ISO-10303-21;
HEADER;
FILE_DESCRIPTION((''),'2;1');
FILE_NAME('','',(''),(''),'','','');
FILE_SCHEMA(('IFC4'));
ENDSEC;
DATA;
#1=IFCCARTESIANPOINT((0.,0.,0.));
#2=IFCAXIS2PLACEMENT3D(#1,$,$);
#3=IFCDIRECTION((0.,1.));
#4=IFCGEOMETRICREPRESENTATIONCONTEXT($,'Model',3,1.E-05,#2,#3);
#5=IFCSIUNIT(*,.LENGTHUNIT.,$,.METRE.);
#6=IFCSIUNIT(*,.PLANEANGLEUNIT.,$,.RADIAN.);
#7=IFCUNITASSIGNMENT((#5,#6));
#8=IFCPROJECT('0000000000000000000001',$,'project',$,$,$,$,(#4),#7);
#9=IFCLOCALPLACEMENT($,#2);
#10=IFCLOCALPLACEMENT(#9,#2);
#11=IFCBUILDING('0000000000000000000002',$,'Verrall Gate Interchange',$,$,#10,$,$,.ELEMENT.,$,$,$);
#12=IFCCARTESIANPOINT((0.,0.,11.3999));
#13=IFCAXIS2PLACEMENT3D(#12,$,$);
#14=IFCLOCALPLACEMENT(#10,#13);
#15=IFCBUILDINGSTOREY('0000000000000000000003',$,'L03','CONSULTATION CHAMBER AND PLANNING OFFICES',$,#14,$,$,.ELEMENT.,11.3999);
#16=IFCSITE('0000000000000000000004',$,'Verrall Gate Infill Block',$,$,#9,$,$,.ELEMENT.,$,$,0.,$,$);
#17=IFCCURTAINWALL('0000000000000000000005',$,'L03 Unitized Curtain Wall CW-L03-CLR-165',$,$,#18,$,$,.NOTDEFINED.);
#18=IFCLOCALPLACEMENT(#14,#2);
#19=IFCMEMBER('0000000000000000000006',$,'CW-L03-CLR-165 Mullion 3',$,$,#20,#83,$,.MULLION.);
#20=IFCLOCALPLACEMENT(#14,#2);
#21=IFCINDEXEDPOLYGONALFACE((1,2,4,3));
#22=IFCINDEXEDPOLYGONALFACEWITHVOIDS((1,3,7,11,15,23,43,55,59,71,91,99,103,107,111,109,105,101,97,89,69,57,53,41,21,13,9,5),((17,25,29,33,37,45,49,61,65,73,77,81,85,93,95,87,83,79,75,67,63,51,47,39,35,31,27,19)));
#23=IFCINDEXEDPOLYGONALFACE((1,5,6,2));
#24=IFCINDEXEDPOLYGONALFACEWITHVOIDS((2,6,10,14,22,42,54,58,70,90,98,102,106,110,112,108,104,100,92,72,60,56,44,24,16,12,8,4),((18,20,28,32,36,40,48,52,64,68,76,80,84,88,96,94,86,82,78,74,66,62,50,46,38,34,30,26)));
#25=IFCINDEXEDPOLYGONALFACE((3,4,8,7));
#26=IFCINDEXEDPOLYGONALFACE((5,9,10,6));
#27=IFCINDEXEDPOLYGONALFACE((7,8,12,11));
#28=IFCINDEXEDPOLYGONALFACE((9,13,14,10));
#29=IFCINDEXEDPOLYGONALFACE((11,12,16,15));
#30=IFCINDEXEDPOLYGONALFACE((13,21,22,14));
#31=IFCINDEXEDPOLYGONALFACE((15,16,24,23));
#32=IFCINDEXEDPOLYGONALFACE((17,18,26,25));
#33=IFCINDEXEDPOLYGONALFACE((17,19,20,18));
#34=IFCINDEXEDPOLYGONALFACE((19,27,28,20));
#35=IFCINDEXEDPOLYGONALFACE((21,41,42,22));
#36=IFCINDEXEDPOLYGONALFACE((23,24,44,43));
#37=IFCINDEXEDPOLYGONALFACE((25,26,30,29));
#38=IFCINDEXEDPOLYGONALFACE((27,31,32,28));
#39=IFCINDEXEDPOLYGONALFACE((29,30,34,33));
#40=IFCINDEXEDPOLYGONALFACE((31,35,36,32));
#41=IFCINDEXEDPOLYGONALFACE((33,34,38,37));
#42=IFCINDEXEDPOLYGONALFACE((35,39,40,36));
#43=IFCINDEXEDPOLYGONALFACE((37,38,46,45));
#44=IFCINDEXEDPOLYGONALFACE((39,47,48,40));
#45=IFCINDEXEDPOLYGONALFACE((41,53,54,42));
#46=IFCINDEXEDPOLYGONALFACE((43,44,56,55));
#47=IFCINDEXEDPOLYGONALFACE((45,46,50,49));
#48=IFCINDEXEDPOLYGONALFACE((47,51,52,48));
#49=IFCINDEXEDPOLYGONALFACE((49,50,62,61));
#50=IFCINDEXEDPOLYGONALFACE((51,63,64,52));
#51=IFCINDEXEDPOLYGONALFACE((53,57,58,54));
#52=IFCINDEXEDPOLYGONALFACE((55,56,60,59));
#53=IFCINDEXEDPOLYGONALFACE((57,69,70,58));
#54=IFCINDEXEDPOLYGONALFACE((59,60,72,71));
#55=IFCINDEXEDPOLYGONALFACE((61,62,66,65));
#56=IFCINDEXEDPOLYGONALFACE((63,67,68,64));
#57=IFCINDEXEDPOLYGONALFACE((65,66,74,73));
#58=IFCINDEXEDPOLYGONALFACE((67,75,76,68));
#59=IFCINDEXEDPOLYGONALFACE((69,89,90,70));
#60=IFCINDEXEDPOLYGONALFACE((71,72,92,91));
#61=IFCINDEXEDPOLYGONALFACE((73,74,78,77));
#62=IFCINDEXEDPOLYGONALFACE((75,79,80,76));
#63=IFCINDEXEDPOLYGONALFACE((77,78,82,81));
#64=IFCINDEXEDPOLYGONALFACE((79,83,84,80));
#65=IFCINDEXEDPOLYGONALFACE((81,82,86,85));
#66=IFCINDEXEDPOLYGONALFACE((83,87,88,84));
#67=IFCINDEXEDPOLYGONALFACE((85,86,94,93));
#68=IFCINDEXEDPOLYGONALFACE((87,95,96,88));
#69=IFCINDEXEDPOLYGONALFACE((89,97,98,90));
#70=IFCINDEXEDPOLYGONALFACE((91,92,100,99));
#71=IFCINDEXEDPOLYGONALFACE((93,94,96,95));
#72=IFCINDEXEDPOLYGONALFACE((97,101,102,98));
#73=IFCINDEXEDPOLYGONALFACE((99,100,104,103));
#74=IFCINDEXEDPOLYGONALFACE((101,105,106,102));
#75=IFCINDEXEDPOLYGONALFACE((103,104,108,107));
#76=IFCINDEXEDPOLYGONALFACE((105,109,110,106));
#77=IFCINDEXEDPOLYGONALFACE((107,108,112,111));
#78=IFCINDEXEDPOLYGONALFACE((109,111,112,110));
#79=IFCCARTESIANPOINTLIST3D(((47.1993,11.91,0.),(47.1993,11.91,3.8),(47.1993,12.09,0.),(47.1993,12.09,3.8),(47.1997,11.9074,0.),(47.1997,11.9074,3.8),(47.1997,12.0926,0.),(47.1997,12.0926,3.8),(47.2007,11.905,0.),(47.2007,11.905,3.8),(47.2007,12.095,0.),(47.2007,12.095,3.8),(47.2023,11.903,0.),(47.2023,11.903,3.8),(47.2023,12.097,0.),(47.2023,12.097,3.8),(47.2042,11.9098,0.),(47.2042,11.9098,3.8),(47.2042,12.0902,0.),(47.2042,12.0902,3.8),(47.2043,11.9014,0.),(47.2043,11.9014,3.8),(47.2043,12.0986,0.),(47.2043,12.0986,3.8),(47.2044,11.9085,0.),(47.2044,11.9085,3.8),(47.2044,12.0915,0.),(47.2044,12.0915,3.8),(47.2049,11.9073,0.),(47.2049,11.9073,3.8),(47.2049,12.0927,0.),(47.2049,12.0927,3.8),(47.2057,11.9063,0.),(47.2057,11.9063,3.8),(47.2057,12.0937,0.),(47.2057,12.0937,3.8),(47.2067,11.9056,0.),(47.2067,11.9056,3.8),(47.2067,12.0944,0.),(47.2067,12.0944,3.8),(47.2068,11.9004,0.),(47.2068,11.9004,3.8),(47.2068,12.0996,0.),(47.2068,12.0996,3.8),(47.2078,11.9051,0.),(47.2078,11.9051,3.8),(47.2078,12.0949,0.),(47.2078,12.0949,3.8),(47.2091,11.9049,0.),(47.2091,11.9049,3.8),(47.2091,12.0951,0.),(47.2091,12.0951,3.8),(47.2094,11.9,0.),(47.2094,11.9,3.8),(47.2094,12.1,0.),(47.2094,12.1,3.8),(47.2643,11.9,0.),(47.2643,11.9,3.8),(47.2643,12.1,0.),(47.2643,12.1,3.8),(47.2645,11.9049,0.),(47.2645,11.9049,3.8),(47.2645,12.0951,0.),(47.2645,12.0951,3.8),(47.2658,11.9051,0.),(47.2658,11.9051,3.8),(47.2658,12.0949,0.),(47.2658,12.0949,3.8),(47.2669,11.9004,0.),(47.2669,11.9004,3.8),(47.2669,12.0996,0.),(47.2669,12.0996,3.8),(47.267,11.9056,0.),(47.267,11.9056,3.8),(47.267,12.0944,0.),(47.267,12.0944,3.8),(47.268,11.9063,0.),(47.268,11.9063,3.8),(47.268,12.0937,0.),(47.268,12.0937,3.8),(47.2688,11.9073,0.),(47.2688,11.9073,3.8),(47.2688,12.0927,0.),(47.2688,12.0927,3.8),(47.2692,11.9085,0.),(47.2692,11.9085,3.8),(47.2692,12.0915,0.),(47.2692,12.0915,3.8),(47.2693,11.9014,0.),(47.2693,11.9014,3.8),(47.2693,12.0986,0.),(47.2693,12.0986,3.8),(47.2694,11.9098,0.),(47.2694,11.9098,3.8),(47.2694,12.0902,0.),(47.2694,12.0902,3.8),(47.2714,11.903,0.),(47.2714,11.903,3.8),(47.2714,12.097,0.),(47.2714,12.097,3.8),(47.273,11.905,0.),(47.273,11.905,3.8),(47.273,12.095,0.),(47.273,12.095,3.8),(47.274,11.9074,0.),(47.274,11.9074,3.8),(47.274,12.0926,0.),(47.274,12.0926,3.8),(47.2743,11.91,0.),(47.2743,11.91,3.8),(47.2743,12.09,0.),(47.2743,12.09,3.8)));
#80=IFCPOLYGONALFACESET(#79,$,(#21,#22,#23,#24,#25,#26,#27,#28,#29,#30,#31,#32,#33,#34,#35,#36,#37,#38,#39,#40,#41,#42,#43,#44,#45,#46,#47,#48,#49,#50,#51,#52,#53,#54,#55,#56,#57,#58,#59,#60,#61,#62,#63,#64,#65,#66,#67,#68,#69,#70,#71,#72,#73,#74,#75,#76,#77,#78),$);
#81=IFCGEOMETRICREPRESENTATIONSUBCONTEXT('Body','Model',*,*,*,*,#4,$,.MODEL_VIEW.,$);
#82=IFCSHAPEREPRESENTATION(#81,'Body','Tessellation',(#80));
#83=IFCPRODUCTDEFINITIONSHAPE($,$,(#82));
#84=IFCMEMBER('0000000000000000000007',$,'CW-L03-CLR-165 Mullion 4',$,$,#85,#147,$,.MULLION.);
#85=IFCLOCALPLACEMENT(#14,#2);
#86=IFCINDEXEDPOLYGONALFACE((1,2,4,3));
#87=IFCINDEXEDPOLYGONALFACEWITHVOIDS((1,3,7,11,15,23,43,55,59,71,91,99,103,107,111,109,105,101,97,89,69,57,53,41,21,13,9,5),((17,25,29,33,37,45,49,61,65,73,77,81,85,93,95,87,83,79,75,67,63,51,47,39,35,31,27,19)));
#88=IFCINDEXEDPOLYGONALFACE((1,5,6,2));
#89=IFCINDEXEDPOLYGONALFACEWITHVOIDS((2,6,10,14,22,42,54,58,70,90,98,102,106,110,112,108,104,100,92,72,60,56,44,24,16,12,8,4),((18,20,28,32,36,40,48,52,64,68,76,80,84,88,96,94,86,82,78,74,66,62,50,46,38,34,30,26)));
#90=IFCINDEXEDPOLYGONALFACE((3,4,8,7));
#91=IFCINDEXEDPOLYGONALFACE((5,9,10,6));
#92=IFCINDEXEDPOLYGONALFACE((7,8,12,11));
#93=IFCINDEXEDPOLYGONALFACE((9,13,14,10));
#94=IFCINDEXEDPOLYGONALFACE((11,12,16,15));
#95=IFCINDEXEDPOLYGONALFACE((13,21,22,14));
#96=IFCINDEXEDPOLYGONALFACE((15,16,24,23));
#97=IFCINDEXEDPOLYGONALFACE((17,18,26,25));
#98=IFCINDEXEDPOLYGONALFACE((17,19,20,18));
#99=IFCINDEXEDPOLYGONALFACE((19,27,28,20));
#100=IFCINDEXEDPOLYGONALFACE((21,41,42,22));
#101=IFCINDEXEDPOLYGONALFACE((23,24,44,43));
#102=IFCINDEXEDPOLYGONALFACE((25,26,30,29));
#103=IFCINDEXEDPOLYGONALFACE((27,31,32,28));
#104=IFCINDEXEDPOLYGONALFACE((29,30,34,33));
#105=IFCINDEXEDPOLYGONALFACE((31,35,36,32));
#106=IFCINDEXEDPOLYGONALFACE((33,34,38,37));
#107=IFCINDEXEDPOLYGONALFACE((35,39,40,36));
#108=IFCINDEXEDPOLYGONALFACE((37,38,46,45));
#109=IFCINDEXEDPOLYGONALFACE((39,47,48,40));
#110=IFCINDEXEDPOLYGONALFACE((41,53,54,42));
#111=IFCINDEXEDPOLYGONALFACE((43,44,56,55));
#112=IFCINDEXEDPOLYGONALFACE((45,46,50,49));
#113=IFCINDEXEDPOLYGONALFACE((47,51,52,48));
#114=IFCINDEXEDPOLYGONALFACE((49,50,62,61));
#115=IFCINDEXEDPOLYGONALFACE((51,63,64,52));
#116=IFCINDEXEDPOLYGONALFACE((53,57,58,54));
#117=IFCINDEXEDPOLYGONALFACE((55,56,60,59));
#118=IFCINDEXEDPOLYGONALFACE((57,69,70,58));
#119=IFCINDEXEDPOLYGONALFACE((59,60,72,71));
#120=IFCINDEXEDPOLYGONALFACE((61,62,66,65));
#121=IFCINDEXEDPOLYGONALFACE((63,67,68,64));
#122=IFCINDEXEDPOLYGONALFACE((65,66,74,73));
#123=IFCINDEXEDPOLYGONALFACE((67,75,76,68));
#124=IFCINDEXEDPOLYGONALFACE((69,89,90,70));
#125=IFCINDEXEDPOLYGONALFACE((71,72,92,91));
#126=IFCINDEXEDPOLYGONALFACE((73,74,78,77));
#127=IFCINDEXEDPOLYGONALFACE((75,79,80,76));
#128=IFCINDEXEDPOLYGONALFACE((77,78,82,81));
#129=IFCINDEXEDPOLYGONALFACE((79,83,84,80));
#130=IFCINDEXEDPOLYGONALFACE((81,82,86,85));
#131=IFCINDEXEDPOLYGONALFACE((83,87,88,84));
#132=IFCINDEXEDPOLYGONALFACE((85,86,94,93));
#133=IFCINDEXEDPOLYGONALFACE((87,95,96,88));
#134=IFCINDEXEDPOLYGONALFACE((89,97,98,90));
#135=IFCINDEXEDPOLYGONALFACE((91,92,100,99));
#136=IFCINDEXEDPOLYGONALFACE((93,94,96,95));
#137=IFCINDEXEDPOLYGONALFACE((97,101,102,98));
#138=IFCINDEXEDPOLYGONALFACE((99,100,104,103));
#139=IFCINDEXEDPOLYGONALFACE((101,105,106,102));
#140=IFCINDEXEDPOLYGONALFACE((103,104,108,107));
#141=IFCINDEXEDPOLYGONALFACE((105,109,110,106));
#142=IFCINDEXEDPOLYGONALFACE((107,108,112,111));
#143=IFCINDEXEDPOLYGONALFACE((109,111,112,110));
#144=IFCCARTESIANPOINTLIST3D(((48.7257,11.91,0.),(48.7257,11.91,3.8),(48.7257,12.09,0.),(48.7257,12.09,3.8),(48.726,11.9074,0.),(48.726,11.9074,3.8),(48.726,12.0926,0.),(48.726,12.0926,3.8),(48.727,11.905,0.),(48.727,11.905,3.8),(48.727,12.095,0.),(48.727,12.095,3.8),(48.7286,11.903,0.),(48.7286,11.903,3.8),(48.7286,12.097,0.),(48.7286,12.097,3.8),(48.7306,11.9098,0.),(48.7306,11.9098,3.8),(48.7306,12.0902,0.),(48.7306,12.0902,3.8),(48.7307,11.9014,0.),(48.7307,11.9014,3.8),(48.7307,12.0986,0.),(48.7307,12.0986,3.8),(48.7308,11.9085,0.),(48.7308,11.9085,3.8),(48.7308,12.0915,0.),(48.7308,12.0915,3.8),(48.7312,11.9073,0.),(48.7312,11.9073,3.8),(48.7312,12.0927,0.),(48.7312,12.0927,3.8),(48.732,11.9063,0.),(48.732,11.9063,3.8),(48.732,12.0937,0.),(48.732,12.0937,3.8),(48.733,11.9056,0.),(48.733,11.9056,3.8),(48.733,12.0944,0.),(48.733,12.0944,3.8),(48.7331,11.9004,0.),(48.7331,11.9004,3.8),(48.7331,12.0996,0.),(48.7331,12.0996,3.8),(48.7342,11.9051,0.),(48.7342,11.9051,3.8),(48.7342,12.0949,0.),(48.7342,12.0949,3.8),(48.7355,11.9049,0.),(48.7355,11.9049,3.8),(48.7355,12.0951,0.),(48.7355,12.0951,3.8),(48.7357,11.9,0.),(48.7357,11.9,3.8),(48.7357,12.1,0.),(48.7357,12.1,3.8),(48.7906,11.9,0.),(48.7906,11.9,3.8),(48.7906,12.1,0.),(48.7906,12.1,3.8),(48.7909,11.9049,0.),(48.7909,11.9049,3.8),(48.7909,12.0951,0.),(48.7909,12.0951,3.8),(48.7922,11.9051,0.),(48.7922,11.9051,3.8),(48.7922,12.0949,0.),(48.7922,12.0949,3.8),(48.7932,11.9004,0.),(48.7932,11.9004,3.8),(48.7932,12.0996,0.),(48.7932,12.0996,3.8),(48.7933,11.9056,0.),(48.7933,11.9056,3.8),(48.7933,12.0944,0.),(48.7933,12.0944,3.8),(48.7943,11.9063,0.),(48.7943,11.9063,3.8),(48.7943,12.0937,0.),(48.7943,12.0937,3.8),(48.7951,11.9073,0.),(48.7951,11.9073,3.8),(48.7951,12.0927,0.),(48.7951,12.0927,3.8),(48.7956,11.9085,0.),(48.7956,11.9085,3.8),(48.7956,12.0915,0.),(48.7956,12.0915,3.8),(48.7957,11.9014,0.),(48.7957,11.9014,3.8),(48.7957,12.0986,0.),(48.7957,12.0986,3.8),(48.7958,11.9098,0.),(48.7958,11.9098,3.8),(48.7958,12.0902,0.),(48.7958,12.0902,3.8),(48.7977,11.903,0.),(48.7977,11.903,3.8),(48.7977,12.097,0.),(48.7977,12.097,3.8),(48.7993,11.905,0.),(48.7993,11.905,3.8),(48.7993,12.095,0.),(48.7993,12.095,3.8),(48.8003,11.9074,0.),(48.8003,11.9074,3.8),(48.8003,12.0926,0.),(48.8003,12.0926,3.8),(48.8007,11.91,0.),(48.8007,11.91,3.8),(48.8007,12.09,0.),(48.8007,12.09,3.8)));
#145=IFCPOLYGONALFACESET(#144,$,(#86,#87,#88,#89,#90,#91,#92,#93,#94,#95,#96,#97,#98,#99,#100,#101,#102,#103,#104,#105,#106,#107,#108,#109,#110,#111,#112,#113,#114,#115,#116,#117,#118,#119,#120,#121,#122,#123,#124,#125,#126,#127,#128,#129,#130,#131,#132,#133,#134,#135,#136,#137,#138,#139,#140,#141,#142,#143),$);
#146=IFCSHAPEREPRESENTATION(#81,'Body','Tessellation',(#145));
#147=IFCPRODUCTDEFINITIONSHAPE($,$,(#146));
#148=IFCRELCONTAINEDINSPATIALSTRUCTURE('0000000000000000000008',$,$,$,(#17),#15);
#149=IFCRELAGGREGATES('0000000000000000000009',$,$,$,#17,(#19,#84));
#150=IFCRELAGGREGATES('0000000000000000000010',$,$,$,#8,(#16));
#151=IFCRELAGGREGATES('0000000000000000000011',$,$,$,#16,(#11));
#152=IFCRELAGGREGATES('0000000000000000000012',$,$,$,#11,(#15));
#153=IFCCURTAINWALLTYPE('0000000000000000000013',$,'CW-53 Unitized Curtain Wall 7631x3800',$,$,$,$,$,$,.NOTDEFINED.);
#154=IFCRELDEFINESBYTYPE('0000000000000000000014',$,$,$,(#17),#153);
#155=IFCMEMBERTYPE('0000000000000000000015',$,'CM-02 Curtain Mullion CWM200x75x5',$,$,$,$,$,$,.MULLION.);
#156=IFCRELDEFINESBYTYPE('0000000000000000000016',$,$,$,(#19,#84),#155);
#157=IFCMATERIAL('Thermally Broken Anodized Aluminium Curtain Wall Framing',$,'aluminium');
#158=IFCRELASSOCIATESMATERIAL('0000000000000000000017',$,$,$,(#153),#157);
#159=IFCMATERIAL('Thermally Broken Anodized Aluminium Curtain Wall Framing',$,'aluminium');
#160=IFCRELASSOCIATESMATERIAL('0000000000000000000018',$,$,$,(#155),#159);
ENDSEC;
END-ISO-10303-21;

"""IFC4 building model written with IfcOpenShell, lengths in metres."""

from ifc_helpers import new_model, si_unit, direction, frame, origin, origin_2d, place, context, subcontext, project, spatial, hollow_rectangle, extrude, material, material_profile, profile_set, type_object, element, aggregate, save


model = new_model("IFC4")

# Units and contexts
model_context = context("Model", 3, precision=1e-05, world=origin(), true_north=direction((0.0, 1.0)))
body_context = subcontext(model_context, "Body", "Model", "MODEL_VIEW")
ifc_project = project(units=[si_unit("LENGTHUNIT", "METRE"), si_unit("PLANEANGLEUNIT", "RADIAN")], contexts=[model_context])

# Site, building, storey
site_placement = place(None, origin())
site = spatial("IfcSite", under=ifc_project, at=site_placement, Name="Verrall Gate Infill Block", CompositionType="ELEMENT", RefElevation=0.0)
building_placement = place(site_placement, origin())
building = spatial("IfcBuilding", under=site, at=building_placement, Name="Verrall Gate Interchange", CompositionType="ELEMENT")
storey_placement = place(building_placement, frame((0.0, 0.0, 11.3999)))
storey = spatial("IfcBuildingStorey", under=building, at=storey_placement, Name="L03", Description="CONSULTATION CHAMBER AND PLANNING OFFICES", CompositionType="ELEMENT", Elevation=11.3999)

# Curtain wall, members
ifc_material_1 = material(Name="Thermally Broken Anodized Aluminium Curtain Wall Framing", Category="aluminium")
curtain_wall_type = type_object("IfcCurtainWallType", Name="CW-53 Unitized Curtain Wall 7631x3800", PredefinedType="NOTDEFINED", material=ifc_material_1)
curtain_wall_placement = place(storey_placement, origin())
curtain_wall = element("IfcCurtainWall", 1, at=curtain_wall_placement, inside=storey, type_object=curtain_wall_type, Name="L03 Unitized Curtain Wall CW-L03-CLR-165", PredefinedType="NOTDEFINED")
ifc_material_2 = material(Name="Thermally Broken Anodized Aluminium Curtain Wall Framing", Category="aluminium")
ifc_material_profile_1 = material_profile(ifc_material_2, hollow_rectangle(XDim=0.075, YDim=0.2, WallThickness=0.0049, InnerFilletRadius=0.0049, OuterFilletRadius=0.01, at=origin_2d()), Name="CWM200x75x5")
ifc_profile_set_1 = profile_set([ifc_material_profile_1], Name="Thermally Broken Anodized Aluminium Curtain Wall Framing")
member_type_1 = type_object("IfcMemberType", Name="CM-02 Curtain Mullion CWM200x75x5", PredefinedType="MULLION", material=ifc_profile_set_1)
member_1_placement = place(storey_placement, frame((47.2368, 12.0, 0.0), z_axis=(0.0, 0.0, 1.0), x_axis=(1.0, 0.0, 0.0)))
member_1 = element("IfcMember", 2, at=member_1_placement, type_object=member_type_1, Name="CW-L03-CLR-165 Mullion 3", PredefinedType="MULLION", context=body_context, shape_type="SweptSolid", body=[
    extrude(hollow_rectangle(XDim=0.075, YDim=0.2, WallThickness=0.0049, InnerFilletRadius=0.0049, OuterFilletRadius=0.01, at=origin_2d()), origin(), (0.0, 0.0, 1.0), 3.8),
])
member_2_placement = place(storey_placement, frame((48.7632, 12.0, 0.0), z_axis=(0.0, 0.0, 1.0), x_axis=(1.0, 0.0, 0.0)))
member_2 = element("IfcMember", 3, at=member_2_placement, type_object=member_type_1, Name="CW-L03-CLR-165 Mullion 4", PredefinedType="MULLION", context=body_context, shape_type="SweptSolid", body=[
    extrude(hollow_rectangle(XDim=0.075, YDim=0.2, WallThickness=0.0049, InnerFilletRadius=0.0049, OuterFilletRadius=0.01, at=origin_2d()), origin(), (0.0, 0.0, 1.0), 3.8),
])

aggregate(curtain_wall, [member_1, member_2])

save(model, "model.ifc")
